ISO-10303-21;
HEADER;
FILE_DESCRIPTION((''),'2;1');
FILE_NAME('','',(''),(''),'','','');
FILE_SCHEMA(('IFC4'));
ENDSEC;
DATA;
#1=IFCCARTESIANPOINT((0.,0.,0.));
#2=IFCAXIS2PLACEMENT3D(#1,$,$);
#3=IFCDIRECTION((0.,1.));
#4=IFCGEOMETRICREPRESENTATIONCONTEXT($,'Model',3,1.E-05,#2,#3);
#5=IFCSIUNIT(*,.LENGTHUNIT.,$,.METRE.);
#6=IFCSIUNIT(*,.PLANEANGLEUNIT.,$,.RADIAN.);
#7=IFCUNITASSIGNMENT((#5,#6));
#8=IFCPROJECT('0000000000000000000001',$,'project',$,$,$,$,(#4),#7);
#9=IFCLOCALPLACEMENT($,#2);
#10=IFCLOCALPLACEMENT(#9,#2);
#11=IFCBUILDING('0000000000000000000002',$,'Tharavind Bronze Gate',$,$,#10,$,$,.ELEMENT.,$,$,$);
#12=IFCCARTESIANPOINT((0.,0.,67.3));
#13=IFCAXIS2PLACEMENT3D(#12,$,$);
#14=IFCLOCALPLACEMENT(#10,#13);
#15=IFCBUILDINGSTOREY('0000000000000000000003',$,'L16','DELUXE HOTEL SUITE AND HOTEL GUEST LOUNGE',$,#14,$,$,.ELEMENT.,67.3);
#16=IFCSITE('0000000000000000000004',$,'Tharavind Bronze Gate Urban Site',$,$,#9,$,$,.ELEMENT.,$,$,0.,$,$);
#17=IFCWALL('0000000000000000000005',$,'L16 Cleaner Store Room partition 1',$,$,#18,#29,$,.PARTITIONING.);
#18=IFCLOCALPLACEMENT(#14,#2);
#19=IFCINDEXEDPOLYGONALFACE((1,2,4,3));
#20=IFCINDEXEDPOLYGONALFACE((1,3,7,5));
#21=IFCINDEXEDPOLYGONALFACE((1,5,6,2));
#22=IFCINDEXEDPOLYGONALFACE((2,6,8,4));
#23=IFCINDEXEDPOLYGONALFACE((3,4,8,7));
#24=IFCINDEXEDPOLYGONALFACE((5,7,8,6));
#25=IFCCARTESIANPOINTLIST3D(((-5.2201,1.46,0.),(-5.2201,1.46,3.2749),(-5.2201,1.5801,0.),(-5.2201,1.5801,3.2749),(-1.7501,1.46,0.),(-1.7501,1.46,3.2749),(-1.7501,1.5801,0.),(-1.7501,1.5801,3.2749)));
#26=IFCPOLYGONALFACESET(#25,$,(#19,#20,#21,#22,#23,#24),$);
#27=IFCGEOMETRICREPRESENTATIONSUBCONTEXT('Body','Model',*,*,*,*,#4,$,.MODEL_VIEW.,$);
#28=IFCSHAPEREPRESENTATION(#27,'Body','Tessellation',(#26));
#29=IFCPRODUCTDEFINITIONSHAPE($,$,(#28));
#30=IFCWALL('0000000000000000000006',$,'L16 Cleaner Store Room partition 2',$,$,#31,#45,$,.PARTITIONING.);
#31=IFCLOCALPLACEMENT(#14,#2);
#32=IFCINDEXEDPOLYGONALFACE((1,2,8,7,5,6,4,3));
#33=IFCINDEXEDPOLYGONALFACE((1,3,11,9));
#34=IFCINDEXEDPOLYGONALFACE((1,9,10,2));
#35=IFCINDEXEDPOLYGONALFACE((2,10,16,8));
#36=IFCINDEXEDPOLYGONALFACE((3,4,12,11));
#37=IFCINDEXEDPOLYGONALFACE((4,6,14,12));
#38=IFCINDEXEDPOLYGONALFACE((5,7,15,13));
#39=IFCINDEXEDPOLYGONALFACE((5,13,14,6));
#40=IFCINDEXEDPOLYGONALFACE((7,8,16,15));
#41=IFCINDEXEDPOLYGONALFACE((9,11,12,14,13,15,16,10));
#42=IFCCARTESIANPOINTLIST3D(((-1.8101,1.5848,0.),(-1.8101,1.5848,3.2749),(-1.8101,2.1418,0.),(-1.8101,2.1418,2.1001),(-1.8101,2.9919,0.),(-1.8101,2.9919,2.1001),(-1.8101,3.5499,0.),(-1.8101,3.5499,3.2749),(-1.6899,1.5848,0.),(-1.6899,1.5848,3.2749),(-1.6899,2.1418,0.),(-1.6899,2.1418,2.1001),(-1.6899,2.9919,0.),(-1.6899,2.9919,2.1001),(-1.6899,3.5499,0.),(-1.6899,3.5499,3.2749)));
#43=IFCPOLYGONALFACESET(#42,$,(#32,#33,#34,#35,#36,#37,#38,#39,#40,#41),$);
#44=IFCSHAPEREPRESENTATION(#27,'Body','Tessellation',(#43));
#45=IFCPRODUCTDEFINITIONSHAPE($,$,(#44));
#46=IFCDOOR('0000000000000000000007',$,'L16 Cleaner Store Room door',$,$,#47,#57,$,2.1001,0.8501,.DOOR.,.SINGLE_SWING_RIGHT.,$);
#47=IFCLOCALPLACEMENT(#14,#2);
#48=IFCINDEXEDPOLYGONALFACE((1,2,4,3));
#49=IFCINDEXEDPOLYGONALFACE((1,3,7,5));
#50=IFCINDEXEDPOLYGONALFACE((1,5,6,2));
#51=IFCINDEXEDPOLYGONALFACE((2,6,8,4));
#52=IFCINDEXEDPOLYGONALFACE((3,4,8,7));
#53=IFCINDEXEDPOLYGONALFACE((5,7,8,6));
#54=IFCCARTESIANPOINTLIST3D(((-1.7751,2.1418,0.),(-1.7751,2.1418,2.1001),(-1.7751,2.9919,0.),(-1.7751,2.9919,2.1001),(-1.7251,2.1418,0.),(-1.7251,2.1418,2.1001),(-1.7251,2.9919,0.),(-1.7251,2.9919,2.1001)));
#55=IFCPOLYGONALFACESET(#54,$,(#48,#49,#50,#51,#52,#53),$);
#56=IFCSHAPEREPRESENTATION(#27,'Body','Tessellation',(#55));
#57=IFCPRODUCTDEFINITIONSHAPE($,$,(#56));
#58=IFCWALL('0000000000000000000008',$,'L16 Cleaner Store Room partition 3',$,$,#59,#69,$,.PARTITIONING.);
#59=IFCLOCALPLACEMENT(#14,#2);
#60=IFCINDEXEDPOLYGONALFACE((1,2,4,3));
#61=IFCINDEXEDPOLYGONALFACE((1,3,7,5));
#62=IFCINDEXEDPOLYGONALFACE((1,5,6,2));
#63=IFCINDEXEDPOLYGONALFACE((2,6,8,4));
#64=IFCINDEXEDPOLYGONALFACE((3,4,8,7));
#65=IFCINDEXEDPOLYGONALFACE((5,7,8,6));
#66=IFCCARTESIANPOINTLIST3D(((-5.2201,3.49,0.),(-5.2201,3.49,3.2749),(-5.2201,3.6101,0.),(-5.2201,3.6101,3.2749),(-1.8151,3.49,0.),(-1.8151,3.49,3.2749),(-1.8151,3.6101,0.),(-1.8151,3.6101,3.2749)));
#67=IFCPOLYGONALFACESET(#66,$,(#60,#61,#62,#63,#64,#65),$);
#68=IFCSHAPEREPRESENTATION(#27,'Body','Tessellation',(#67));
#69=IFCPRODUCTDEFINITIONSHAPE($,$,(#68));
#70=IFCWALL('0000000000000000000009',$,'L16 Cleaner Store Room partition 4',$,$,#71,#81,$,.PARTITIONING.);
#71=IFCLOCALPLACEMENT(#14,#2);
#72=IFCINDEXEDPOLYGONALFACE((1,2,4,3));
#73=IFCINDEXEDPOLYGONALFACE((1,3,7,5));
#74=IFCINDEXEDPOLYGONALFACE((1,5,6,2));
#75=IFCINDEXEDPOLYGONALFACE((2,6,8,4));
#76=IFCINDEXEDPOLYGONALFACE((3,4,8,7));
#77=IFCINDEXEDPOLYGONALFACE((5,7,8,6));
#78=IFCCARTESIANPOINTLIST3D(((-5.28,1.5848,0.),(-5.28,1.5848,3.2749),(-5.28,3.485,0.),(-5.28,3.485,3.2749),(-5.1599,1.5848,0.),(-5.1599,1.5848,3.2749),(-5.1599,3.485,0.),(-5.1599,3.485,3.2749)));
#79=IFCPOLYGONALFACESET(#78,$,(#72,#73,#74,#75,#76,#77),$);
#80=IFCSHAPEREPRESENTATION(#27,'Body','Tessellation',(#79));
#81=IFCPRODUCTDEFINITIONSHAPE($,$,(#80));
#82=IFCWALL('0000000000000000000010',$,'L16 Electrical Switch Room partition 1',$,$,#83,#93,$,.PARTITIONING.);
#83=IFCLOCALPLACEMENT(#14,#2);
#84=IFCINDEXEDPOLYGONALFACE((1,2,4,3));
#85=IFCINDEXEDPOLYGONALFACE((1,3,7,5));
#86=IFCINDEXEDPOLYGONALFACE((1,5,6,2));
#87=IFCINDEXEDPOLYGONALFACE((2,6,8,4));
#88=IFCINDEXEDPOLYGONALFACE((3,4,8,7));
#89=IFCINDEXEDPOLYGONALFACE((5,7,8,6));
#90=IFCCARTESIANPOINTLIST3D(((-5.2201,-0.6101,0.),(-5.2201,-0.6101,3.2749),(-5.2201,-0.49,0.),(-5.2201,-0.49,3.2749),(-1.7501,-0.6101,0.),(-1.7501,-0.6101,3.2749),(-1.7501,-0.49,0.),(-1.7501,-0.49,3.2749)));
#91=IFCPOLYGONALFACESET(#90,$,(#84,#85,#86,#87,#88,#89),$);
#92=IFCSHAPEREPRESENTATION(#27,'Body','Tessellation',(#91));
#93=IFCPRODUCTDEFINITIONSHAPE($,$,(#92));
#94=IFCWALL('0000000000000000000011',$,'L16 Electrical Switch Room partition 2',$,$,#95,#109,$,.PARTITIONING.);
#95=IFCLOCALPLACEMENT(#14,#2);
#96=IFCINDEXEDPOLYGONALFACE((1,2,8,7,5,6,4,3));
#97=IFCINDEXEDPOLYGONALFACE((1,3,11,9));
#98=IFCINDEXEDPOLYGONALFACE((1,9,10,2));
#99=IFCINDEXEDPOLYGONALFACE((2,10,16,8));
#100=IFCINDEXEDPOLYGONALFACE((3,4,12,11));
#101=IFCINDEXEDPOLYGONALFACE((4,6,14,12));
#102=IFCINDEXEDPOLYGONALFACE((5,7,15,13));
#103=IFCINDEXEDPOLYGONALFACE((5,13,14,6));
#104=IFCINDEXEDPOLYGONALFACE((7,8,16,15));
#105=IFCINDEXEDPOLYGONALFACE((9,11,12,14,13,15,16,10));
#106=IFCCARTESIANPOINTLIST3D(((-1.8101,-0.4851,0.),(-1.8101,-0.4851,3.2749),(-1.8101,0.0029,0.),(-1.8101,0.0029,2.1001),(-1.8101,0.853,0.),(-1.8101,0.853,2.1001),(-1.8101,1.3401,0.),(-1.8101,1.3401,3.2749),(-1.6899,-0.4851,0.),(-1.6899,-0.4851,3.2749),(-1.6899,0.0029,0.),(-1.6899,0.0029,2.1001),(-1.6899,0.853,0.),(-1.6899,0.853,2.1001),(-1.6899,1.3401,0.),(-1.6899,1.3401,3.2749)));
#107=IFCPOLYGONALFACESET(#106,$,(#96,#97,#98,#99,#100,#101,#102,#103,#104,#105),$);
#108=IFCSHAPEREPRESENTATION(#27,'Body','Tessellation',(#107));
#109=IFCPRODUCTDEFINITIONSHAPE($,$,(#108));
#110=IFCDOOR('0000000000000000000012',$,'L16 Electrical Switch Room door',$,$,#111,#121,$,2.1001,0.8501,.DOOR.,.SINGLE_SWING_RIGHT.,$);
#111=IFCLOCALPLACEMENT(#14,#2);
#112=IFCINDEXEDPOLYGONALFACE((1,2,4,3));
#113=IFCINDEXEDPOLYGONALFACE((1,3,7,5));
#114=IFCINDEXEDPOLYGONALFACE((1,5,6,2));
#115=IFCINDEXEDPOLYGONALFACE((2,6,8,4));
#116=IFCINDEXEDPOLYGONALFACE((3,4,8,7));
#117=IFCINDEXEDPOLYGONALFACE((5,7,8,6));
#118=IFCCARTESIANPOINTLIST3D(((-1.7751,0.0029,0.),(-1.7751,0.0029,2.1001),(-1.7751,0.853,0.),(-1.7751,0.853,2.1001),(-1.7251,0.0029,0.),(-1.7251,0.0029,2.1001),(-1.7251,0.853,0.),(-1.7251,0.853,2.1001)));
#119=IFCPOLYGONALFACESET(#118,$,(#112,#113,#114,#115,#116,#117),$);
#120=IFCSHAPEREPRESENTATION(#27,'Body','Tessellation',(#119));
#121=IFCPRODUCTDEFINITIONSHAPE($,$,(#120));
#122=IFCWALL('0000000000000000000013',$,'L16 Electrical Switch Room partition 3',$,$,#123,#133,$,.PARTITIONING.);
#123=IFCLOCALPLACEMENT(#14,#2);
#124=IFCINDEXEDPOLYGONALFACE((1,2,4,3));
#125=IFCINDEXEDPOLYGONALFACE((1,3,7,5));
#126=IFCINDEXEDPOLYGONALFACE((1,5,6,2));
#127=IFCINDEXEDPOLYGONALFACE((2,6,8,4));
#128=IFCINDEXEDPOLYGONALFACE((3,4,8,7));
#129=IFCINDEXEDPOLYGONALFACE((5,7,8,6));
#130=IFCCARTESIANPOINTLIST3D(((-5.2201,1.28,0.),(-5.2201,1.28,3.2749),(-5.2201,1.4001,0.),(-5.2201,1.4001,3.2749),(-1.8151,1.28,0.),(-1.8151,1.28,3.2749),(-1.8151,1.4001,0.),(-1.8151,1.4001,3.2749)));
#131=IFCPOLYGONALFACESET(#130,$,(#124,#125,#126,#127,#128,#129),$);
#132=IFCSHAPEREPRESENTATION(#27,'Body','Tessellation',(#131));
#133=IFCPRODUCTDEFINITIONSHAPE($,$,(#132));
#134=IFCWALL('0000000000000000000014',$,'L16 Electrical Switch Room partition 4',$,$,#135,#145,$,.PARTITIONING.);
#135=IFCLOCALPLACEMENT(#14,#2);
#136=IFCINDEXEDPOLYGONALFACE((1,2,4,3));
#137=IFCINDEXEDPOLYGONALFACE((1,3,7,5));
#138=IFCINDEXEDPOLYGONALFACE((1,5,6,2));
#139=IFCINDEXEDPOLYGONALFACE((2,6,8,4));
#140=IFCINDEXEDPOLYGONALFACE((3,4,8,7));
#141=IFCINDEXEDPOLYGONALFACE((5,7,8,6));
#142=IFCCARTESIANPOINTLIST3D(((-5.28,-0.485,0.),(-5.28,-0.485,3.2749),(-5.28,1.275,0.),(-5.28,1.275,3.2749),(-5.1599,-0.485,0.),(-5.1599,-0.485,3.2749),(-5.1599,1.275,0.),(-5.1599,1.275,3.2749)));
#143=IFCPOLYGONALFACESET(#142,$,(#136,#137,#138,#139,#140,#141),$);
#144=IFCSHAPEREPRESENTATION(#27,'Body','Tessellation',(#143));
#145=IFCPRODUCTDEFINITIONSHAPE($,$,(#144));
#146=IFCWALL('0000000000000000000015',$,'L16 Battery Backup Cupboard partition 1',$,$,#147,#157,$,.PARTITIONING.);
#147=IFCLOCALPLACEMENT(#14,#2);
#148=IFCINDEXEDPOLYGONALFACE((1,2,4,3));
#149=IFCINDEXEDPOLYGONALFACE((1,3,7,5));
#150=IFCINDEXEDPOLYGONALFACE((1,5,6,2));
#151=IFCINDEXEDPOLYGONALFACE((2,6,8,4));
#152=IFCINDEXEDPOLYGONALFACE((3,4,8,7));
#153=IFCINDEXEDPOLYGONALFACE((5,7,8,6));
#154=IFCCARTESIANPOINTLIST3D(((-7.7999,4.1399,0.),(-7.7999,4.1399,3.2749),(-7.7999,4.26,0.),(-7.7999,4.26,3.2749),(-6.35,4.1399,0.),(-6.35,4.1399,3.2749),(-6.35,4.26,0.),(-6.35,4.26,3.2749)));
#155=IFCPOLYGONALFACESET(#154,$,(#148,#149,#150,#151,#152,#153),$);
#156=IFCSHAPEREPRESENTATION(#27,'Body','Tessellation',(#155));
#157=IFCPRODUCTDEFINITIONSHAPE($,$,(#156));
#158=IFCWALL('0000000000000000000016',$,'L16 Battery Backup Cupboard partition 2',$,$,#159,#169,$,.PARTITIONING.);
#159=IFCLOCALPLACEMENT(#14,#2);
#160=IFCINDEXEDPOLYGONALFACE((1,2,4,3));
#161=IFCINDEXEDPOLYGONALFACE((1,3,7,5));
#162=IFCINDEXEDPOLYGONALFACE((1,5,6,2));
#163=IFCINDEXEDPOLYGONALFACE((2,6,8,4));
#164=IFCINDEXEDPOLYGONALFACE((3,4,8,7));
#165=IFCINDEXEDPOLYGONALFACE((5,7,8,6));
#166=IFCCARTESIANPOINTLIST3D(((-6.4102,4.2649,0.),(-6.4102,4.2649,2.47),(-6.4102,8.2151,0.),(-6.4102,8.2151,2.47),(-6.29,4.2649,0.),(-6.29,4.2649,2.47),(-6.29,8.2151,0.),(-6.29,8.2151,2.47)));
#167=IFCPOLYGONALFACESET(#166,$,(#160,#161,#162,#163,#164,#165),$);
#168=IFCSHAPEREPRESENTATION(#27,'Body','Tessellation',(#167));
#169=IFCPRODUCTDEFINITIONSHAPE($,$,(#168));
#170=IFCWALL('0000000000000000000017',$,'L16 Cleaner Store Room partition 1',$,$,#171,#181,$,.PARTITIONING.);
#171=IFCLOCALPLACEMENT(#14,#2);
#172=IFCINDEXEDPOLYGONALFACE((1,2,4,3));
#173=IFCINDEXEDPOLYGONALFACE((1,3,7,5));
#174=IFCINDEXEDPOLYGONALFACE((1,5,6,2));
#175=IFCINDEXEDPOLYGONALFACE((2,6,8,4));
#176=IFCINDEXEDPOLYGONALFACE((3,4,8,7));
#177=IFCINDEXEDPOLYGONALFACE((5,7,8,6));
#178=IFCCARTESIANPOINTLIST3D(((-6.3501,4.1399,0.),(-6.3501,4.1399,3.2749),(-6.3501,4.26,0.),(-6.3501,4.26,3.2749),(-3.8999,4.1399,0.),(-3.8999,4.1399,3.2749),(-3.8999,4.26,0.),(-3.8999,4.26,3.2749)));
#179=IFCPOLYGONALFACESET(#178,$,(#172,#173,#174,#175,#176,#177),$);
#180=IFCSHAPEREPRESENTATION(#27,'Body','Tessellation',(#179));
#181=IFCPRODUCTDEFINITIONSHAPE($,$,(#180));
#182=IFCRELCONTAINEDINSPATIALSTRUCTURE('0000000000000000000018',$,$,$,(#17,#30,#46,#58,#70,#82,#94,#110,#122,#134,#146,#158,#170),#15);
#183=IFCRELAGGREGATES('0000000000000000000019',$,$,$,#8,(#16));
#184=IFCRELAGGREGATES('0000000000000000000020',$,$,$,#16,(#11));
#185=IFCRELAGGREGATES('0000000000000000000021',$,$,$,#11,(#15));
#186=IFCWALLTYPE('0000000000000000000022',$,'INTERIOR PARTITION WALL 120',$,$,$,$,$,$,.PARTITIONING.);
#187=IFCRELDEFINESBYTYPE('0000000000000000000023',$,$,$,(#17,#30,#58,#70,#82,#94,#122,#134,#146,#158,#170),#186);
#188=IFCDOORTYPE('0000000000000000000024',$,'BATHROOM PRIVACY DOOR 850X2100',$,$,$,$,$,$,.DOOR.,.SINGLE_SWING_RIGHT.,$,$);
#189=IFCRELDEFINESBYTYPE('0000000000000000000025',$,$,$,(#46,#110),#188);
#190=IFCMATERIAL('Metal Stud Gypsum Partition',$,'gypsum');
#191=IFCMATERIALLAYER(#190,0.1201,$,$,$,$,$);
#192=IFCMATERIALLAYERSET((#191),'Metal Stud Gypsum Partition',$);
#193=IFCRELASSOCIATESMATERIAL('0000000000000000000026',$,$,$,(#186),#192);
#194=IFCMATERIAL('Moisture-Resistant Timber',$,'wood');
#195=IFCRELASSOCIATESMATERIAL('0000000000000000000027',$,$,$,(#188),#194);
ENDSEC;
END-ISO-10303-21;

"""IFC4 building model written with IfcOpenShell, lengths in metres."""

from ifc_helpers import new_model, si_unit, direction, frame, frame_2d, origin, place, context, subcontext, project, spatial, rectangle, extrude, material, layer, layer_set, type_object, element, fill, save


model = new_model("IFC4")

# Units and contexts
model_context = context("Model", 3, precision=1e-05, world=origin(), true_north=direction((0.0, 1.0)))
body_context = subcontext(model_context, "Body", "Model", "MODEL_VIEW")
ifc_project = project(units=[si_unit("LENGTHUNIT", "METRE"), si_unit("PLANEANGLEUNIT", "RADIAN")], contexts=[model_context])

# Site, building, storey
site_placement = place(None, origin())
site = spatial("IfcSite", under=ifc_project, at=site_placement, Name="Tharavind Bronze Gate Urban Site", CompositionType="ELEMENT", RefElevation=0.0)
building_placement = place(site_placement, origin())
building = spatial("IfcBuilding", under=site, at=building_placement, Name="Tharavind Bronze Gate", CompositionType="ELEMENT")
storey_placement = place(building_placement, frame((0.0, 0.0, 67.3)))
storey = spatial("IfcBuildingStorey", under=building, at=storey_placement, Name="L16", Description="DELUXE HOTEL SUITE AND HOTEL GUEST LOUNGE", CompositionType="ELEMENT", Elevation=67.3)

# Wall
ifc_material_1 = material(Name="Metal Stud Gypsum Partition", Category="gypsum")
ifc_layer_1 = layer(ifc_material_1, 0.1201)
ifc_layer_set_1 = layer_set([ifc_layer_1], Name="Metal Stud Gypsum Partition")
wall_type_1 = type_object("IfcWallType", Name="INTERIOR PARTITION WALL 120", PredefinedType="PARTITIONING", material=ifc_layer_set_1)
wall_1_placement = place(storey_placement, frame((-5.22, 1.52, 0.0), z_axis=(0.0, 0.0, 1.0), x_axis=(1.0, 0.0, 0.0)))
element("IfcWall", 1, at=wall_1_placement, inside=storey, type_object=wall_type_1, Name="L16 Cleaner Store Room partition 1", PredefinedType="PARTITIONING", context=body_context, shape_type="SweptSolid", body=[
    extrude(rectangle(XDim=3.47, YDim=0.1201, at=frame_2d((1.7349, 0.0))), origin(), (0.0, 0.0, 1.0), 3.2749),
])

# Wall, opening, door
wall_2_placement = place(storey_placement, frame((-1.75, 1.585, 0.0), z_axis=(0.0, 0.0, 1.0), x_axis=(0.0, 1.0, 0.0)))
wall_2 = element("IfcWall", 2, at=wall_2_placement, inside=storey, type_object=wall_type_1, Name="L16 Cleaner Store Room partition 2", PredefinedType="PARTITIONING", context=body_context, shape_type="SweptSolid", body=[
    extrude(rectangle(XDim=1.9651, YDim=0.1201, at=frame_2d((0.9824, 0.0))), origin(), (0.0, 0.0, 1.0), 3.2749),
])
opening_1_placement = place(wall_2_placement, frame((0.5569, 0.0, 0.0)))
opening_1 = element("IfcOpeningElement", 3, at=opening_1_placement, cuts=wall_2, PredefinedType="OPENING", context=body_context, shape_type="SweptSolid", body=[
    extrude(rectangle(XDim=0.8501, YDim=2.1001, at=frame_2d((0.425, 1.05))), frame((0.0, 0.0701, 0.0), z_axis=(0.0, -1.0, 0.0), x_axis=(1.0, 0.0, 0.0)), (0.0, 0.0, 1.0), 0.1401),
])
ifc_material_2 = material(Name="Moisture-Resistant Timber", Category="wood")
door_type = type_object("IfcDoorType", Name="BATHROOM PRIVACY DOOR 850X2100", OperationType="SINGLE_SWING_RIGHT", PredefinedType="DOOR", material=ifc_material_2)
door_1_placement = place(opening_1_placement, frame((0.8501, 0.0, 0.0), z_axis=(0.0, 0.0, 1.0), x_axis=(-1.0, 0.0, 0.0)))
door_1 = element("IfcDoor", 4, at=door_1_placement, inside=storey, type_object=door_type, Name="L16 Cleaner Store Room door", OperationType="SINGLE_SWING_RIGHT", OverallHeight=2.1001, OverallWidth=0.8501, PredefinedType="DOOR", context=body_context, shape_type="SweptSolid", body=[
    extrude(rectangle(XDim=0.8501, YDim=2.1001, at=frame_2d((0.425, 1.05))), frame((0.0, 0.0249, 0.0), z_axis=(0.0, -1.0, 0.0), x_axis=(1.0, 0.0, 0.0)), (0.0, 0.0, 1.0), 0.05),
])
fill(opening_1, door_1)

# Walls
wall_3_placement = place(storey_placement, frame((-1.8149, 3.55, 0.0), z_axis=(0.0, 0.0, 1.0), x_axis=(-1.0, 0.0, 0.0)))
element("IfcWall", 5, at=wall_3_placement, inside=storey, type_object=wall_type_1, Name="L16 Cleaner Store Room partition 3", PredefinedType="PARTITIONING", context=body_context, shape_type="SweptSolid", body=[
    extrude(rectangle(XDim=3.405, YDim=0.1201, at=frame_2d((1.7026, 0.0))), origin(), (0.0, 0.0, 1.0), 3.2749),
])
wall_4_placement = place(storey_placement, frame((-5.22, 3.4851, 0.0), z_axis=(0.0, 0.0, 1.0), x_axis=(0.0, -1.0, 0.0)))
element("IfcWall", 6, at=wall_4_placement, inside=storey, type_object=wall_type_1, Name="L16 Cleaner Store Room partition 4", PredefinedType="PARTITIONING", context=body_context, shape_type="SweptSolid", body=[
    extrude(rectangle(XDim=1.9001, YDim=0.1201, at=frame_2d((0.9502, 0.0))), origin(), (0.0, 0.0, 1.0), 3.2749),
])
wall_5_placement = place(storey_placement, frame((-5.22, -0.55, 0.0), z_axis=(0.0, 0.0, 1.0), x_axis=(1.0, 0.0, 0.0)))
element("IfcWall", 7, at=wall_5_placement, inside=storey, type_object=wall_type_1, Name="L16 Electrical Switch Room partition 1", PredefinedType="PARTITIONING", context=body_context, shape_type="SweptSolid", body=[
    extrude(rectangle(XDim=3.47, YDim=0.1201, at=frame_2d((1.7349, 0.0))), origin(), (0.0, 0.0, 1.0), 3.2749),
])

# Wall, opening, door
wall_6_placement = place(storey_placement, frame((-1.75, -0.4851, 0.0), z_axis=(0.0, 0.0, 1.0), x_axis=(0.0, 1.0, 0.0)))
wall_6 = element("IfcWall", 8, at=wall_6_placement, inside=storey, type_object=wall_type_1, Name="L16 Electrical Switch Room partition 2", PredefinedType="PARTITIONING", context=body_context, shape_type="SweptSolid", body=[
    extrude(rectangle(XDim=1.8252, YDim=0.1201, at=frame_2d((0.9126, 0.0))), origin(), (0.0, 0.0, 1.0), 3.2749),
])
opening_2_placement = place(wall_6_placement, frame((0.488, 0.0, 0.0)))
opening_2 = element("IfcOpeningElement", 9, at=opening_2_placement, cuts=wall_6, PredefinedType="OPENING", context=body_context, shape_type="SweptSolid", body=[
    extrude(rectangle(XDim=0.8501, YDim=2.1001, at=frame_2d((0.425, 1.05))), frame((0.0, 0.0701, 0.0), z_axis=(0.0, -1.0, 0.0), x_axis=(1.0, 0.0, 0.0)), (0.0, 0.0, 1.0), 0.1401),
])
door_2_placement = place(opening_2_placement, frame((0.8501, 0.0, 0.0), z_axis=(0.0, 0.0, 1.0), x_axis=(-1.0, 0.0, 0.0)))
door_2 = element("IfcDoor", 10, at=door_2_placement, inside=storey, type_object=door_type, Name="L16 Electrical Switch Room door", OperationType="SINGLE_SWING_RIGHT", OverallHeight=2.1001, OverallWidth=0.8501, PredefinedType="DOOR", context=body_context, shape_type="SweptSolid", body=[
    extrude(rectangle(XDim=0.8501, YDim=2.1001, at=frame_2d((0.425, 1.05))), frame((0.0, 0.0249, 0.0), z_axis=(0.0, -1.0, 0.0), x_axis=(1.0, 0.0, 0.0)), (0.0, 0.0, 1.0), 0.05),
])
fill(opening_2, door_2)

# Walls
wall_7_placement = place(storey_placement, frame((-1.8149, 1.3401, 0.0), z_axis=(0.0, 0.0, 1.0), x_axis=(-1.0, 0.0, 0.0)))
element("IfcWall", 11, at=wall_7_placement, inside=storey, type_object=wall_type_1, Name="L16 Electrical Switch Room partition 3", PredefinedType="PARTITIONING", context=body_context, shape_type="SweptSolid", body=[
    extrude(rectangle(XDim=3.405, YDim=0.1201, at=frame_2d((1.7026, 0.0))), origin(), (0.0, 0.0, 1.0), 3.2749),
])
wall_8_placement = place(storey_placement, frame((-5.22, 1.2749, 0.0), z_axis=(0.0, 0.0, 1.0), x_axis=(0.0, -1.0, 0.0)))
element("IfcWall", 12, at=wall_8_placement, inside=storey, type_object=wall_type_1, Name="L16 Electrical Switch Room partition 4", PredefinedType="PARTITIONING", context=body_context, shape_type="SweptSolid", body=[
    extrude(rectangle(XDim=1.76, YDim=0.1201, at=frame_2d((0.8799, 0.0))), origin(), (0.0, 0.0, 1.0), 3.2749),
])
wall_9_placement = place(storey_placement, frame((-7.8, 4.2, 0.0), z_axis=(0.0, 0.0, 1.0), x_axis=(1.0, 0.0, 0.0)))
element("IfcWall", 13, at=wall_9_placement, inside=storey, type_object=wall_type_1, Name="L16 Battery Backup Cupboard partition 1", PredefinedType="PARTITIONING", context=body_context, shape_type="SweptSolid", body=[
    extrude(rectangle(XDim=1.45, YDim=0.1201, at=frame_2d((0.7251, 0.0))), origin(), (0.0, 0.0, 1.0), 3.2749),
])
wall_10_placement = place(storey_placement, frame((-6.3501, 4.2649, 0.0), z_axis=(0.0, 0.0, 1.0), x_axis=(0.0, 1.0, 0.0)))
element("IfcWall", 14, at=wall_10_placement, inside=storey, type_object=wall_type_1, Name="L16 Battery Backup Cupboard partition 2", PredefinedType="PARTITIONING", context=body_context, shape_type="SweptSolid", body=[
    extrude(rectangle(XDim=3.9502, YDim=0.1201, at=frame_2d((1.9751, 0.0))), origin(), (0.0, 0.0, 1.0), 2.47),
])
wall_11_placement = place(storey_placement, frame((-6.3501, 4.2, 0.0), z_axis=(0.0, 0.0, 1.0), x_axis=(1.0, 0.0, 0.0)))
element("IfcWall", 15, at=wall_11_placement, inside=storey, type_object=wall_type_1, Name="L16 Cleaner Store Room partition 1", PredefinedType="PARTITIONING", context=body_context, shape_type="SweptSolid", body=[
    extrude(rectangle(XDim=2.4502, YDim=0.1201, at=frame_2d((1.2251, 0.0))), origin(), (0.0, 0.0, 1.0), 3.2749),
])

save(model, "model.ifc")
